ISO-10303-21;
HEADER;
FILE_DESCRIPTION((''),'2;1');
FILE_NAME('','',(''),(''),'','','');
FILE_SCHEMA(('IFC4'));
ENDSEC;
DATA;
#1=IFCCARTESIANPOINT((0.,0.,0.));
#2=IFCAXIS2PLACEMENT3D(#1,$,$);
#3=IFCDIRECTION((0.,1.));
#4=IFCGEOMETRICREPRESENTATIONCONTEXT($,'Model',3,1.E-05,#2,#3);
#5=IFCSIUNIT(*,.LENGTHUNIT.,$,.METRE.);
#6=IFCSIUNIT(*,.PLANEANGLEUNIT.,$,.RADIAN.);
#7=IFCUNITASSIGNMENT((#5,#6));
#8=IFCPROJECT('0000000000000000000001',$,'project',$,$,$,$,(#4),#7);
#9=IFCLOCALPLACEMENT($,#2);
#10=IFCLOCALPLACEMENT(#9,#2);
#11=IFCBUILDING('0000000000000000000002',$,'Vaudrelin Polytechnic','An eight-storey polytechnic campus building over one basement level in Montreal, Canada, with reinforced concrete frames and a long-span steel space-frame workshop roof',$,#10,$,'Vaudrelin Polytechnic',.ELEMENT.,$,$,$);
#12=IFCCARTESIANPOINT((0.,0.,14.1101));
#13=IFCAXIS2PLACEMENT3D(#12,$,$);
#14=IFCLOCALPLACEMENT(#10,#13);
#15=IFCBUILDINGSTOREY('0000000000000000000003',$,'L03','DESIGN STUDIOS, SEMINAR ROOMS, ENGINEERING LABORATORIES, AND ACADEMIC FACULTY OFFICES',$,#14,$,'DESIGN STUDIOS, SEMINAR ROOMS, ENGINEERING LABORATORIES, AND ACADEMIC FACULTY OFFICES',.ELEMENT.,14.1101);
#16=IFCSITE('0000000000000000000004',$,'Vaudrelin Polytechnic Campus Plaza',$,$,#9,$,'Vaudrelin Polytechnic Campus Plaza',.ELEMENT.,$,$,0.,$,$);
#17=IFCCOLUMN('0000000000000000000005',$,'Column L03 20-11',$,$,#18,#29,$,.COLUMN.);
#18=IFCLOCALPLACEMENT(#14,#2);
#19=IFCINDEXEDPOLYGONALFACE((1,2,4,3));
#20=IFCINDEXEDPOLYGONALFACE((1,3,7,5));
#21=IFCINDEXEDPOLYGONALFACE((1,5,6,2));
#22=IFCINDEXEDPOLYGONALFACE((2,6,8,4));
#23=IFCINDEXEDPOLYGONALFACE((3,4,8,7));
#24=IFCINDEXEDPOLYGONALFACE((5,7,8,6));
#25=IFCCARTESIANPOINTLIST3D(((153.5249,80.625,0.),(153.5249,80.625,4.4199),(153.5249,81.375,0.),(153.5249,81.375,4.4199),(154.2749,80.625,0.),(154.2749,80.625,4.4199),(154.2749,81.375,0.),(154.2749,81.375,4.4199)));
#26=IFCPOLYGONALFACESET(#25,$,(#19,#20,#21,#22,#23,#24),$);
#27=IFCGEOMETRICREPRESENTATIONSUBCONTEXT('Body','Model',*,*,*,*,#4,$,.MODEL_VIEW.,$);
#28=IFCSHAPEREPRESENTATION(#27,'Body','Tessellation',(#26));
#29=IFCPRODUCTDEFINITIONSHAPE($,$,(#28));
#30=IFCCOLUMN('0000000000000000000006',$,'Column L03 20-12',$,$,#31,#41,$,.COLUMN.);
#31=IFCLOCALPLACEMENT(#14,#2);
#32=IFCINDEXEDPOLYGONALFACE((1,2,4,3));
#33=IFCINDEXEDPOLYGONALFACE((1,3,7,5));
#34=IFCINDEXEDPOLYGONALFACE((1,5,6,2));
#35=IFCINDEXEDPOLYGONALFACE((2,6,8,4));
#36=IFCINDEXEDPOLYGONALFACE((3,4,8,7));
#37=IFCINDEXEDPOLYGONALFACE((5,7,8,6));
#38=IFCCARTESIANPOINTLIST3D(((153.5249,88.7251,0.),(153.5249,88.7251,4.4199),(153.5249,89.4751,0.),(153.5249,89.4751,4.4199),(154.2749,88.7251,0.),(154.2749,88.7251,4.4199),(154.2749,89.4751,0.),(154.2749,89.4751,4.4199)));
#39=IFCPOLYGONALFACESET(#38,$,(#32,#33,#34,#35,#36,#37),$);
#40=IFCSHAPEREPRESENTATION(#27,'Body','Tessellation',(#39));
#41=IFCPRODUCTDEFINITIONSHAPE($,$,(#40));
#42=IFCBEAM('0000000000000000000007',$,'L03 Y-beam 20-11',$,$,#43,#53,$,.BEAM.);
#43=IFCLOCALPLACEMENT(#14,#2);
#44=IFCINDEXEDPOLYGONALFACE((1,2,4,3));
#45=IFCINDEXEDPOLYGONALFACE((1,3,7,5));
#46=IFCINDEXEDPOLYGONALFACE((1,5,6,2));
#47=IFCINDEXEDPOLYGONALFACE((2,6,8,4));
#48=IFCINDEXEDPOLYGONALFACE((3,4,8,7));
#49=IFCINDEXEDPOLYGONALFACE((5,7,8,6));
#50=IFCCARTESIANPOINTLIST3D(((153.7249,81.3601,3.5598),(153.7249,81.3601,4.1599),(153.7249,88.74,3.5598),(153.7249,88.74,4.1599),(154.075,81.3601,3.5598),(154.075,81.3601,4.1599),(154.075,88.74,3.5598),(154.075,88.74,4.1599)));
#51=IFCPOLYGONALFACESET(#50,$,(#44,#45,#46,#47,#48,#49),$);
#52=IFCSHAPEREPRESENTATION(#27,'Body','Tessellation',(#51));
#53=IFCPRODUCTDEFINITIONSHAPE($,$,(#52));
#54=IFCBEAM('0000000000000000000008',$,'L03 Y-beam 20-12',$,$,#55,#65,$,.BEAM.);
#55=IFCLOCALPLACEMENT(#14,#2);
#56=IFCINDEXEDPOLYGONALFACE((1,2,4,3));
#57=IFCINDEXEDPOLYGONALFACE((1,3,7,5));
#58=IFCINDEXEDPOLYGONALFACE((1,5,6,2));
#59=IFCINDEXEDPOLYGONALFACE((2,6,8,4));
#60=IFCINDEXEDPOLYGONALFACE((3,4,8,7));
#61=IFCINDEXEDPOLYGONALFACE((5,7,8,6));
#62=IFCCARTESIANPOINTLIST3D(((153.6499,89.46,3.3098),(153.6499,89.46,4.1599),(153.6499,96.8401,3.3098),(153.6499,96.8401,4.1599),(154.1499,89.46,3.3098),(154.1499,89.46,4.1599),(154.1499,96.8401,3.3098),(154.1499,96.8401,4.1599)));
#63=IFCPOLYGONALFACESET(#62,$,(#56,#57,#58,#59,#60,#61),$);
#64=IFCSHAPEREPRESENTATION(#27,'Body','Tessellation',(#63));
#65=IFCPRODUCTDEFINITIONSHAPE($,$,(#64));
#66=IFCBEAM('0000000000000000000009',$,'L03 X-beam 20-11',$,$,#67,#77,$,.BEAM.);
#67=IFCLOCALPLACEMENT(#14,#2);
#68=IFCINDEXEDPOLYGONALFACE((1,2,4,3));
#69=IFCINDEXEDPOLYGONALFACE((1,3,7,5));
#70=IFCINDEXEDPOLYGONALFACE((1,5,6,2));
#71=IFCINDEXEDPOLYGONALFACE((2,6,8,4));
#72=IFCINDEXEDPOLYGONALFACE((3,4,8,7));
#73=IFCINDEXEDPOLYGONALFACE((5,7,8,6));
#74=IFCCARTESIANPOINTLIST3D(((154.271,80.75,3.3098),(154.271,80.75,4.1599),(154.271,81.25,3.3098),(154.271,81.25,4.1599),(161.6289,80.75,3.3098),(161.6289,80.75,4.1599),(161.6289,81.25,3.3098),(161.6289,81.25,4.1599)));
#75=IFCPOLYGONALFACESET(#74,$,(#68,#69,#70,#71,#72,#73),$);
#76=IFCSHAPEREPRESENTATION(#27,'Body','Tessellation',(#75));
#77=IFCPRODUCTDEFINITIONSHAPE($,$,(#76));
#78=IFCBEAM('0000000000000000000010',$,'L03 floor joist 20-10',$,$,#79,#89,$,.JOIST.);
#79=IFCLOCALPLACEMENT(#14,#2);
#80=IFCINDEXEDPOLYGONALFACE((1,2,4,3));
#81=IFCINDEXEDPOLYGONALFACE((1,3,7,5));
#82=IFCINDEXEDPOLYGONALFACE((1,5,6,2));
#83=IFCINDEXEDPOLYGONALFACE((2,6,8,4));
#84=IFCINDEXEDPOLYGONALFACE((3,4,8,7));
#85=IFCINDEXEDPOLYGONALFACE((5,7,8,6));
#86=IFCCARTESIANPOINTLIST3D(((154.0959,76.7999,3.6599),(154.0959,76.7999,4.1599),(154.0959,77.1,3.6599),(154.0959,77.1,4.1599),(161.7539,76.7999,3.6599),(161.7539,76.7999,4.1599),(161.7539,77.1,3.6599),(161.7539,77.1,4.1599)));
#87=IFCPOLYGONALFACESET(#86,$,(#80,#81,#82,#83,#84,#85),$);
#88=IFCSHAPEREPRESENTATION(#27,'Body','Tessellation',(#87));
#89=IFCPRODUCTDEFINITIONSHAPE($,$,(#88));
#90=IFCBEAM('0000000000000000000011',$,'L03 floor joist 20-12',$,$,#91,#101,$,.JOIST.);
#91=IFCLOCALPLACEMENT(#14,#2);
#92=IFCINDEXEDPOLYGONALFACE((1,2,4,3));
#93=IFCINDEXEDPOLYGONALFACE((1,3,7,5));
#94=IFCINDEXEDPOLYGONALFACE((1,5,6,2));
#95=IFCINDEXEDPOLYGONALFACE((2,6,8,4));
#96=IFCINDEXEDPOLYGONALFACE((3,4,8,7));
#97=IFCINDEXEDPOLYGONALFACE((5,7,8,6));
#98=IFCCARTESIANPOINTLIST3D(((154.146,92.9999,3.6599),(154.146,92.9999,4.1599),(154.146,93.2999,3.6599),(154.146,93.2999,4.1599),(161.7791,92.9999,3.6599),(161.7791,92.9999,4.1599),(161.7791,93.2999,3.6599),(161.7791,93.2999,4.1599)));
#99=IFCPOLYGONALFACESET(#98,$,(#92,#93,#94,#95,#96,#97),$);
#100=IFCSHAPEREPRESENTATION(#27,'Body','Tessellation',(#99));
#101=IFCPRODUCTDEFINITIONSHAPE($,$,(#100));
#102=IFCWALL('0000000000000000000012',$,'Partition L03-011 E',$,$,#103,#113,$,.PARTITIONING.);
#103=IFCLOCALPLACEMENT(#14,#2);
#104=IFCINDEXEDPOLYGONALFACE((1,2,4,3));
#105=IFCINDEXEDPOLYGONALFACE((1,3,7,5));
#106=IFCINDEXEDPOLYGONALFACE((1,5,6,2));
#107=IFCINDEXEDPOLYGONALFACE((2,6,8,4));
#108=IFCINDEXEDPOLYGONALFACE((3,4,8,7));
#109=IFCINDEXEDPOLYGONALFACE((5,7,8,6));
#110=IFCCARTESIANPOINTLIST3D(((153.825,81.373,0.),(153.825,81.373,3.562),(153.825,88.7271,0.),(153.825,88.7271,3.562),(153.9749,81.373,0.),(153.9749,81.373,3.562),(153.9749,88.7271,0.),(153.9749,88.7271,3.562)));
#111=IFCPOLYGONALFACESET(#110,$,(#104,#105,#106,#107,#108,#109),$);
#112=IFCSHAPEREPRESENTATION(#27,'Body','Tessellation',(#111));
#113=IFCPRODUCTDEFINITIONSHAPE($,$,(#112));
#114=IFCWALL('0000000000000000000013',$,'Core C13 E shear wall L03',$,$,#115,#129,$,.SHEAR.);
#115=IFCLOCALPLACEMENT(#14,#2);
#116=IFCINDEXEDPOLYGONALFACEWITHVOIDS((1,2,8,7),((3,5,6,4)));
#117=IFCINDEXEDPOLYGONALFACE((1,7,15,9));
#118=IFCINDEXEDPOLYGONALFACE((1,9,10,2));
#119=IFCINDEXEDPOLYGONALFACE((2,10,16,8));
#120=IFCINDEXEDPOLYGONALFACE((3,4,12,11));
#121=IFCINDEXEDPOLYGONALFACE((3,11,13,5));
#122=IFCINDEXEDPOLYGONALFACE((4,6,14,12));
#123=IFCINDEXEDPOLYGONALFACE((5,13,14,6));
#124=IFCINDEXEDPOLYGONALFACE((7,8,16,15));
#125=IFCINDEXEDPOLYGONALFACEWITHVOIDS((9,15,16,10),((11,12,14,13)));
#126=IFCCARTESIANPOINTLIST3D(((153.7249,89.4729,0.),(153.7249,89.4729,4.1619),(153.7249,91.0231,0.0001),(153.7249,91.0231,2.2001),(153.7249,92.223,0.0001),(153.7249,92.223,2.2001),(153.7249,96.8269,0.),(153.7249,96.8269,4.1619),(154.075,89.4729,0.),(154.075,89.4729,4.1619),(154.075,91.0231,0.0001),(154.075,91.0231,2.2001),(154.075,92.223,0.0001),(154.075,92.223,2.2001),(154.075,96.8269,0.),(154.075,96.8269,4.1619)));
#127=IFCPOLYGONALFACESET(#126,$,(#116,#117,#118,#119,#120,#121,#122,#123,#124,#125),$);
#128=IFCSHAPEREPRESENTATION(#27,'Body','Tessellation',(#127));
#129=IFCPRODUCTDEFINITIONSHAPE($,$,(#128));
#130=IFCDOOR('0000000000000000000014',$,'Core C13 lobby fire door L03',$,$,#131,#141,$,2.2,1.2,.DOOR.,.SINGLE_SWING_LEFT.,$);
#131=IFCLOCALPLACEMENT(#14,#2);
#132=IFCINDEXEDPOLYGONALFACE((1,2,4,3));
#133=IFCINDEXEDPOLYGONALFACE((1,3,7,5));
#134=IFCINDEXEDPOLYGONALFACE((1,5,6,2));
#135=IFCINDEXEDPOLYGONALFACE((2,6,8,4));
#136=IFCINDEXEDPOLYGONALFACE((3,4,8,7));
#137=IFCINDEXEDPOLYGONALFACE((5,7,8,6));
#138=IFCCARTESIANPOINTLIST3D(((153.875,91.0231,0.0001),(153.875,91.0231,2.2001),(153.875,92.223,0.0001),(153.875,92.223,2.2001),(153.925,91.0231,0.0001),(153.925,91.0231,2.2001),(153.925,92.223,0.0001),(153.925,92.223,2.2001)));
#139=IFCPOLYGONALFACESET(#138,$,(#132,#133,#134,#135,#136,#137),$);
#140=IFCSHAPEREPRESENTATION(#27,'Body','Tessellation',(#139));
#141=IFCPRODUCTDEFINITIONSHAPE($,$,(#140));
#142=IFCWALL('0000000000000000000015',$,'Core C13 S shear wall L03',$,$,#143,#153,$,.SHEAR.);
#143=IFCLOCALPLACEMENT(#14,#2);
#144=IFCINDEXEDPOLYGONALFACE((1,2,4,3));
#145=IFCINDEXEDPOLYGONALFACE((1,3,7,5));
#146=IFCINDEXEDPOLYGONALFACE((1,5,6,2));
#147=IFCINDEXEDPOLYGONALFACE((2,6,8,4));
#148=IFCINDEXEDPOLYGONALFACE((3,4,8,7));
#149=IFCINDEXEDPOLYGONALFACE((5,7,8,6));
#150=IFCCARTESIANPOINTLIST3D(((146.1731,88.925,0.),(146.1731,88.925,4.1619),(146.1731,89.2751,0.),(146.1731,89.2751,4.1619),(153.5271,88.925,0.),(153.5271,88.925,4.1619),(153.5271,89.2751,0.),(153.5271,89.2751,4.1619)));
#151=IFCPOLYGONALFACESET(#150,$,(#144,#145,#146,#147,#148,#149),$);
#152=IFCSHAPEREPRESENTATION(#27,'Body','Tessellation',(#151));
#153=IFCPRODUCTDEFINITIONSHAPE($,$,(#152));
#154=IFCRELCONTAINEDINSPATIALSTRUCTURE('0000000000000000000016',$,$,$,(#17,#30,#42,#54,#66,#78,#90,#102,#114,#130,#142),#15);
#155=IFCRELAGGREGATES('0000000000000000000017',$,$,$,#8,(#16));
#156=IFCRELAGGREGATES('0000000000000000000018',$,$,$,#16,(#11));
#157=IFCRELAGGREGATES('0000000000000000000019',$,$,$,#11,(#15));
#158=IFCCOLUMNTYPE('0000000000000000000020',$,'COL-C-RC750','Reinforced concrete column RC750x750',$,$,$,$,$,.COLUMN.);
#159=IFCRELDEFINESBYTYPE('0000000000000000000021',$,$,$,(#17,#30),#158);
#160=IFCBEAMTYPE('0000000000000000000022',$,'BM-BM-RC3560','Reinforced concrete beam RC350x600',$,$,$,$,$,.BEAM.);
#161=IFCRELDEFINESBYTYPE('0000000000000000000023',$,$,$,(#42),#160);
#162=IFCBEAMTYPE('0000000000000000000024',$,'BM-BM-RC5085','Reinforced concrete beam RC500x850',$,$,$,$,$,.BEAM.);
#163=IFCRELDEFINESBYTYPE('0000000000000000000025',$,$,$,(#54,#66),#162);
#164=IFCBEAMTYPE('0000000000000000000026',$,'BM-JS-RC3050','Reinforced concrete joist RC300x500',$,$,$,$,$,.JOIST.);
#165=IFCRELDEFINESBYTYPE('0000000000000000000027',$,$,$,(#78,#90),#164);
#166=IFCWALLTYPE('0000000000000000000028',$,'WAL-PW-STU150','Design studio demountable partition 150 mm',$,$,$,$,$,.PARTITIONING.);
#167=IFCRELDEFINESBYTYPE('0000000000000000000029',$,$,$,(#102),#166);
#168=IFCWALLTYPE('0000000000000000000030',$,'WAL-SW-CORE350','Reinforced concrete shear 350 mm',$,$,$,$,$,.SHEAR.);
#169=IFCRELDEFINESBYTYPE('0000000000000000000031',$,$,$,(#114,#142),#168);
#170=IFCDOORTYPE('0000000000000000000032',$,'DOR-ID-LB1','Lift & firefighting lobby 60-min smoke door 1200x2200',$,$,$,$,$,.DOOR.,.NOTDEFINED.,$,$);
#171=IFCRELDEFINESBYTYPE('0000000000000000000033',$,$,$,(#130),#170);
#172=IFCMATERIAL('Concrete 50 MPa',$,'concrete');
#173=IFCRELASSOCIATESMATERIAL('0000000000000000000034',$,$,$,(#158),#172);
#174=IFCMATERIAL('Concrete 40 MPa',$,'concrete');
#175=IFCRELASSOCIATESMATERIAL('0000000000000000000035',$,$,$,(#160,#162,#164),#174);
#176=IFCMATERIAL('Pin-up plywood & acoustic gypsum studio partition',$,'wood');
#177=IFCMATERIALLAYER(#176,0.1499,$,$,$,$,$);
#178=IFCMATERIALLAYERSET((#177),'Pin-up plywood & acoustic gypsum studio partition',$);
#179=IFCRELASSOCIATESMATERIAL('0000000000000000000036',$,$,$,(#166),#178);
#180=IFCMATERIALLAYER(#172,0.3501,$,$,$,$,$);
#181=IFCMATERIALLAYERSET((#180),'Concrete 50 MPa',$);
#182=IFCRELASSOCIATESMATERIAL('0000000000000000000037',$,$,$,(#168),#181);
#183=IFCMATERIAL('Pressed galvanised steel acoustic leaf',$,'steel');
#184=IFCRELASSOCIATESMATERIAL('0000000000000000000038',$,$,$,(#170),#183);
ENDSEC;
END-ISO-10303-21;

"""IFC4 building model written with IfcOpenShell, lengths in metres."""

from ifc_helpers import new_model, si_unit, direction, frame, frame_2d, origin, origin_2d, place, context, subcontext, project, spatial, rectangle, extrude, material, layer, layer_set, material_profile, profile_set, type_object, element, fill, save


model = new_model("IFC4")

# Units and contexts
model_context = context("Model", 3, precision=1e-05, world=origin(), true_north=direction((0.0, 1.0)))
body_context = subcontext(model_context, "Body", "Model", "MODEL_VIEW")
ifc_project = project(units=[si_unit("LENGTHUNIT", "METRE"), si_unit("PLANEANGLEUNIT", "RADIAN")], contexts=[model_context])

# Site, building, storey
site_placement = place(None, origin())
site = spatial("IfcSite", under=ifc_project, at=site_placement, Name="Vaudrelin Polytechnic Campus Plaza", LongName="Vaudrelin Polytechnic Campus Plaza", CompositionType="ELEMENT", RefElevation=0.0)
building_placement = place(site_placement, origin())
building = spatial("IfcBuilding", under=site, at=building_placement, Name="Vaudrelin Polytechnic", Description="An eight-storey polytechnic campus building over one basement level in Montreal, Canada, with reinforced concrete frames and a long-span steel space-frame workshop roof", LongName="Vaudrelin Polytechnic", CompositionType="ELEMENT")
storey_placement = place(building_placement, frame((0.0, 0.0, 14.1101)))
storey = spatial("IfcBuildingStorey", under=building, at=storey_placement, Name="L03", Description="DESIGN STUDIOS, SEMINAR ROOMS, ENGINEERING LABORATORIES, AND ACADEMIC FACULTY OFFICES", LongName="DESIGN STUDIOS, SEMINAR ROOMS, ENGINEERING LABORATORIES, AND ACADEMIC FACULTY OFFICES", CompositionType="ELEMENT", Elevation=14.1101)

# Columns
ifc_material_1 = material(Name="Concrete 50 MPa", Category="concrete")
ifc_material_profile_1 = material_profile(ifc_material_1, rectangle(XDim=0.75, YDim=0.75, at=origin_2d()), Name="RC750x750")
ifc_profile_set_1 = profile_set([ifc_material_profile_1], Name="Concrete 50 MPa")
column_type = type_object("IfcColumnType", Name="COL-C-RC750", Description="Reinforced concrete column RC750x750", PredefinedType="COLUMN", material=ifc_profile_set_1)
for number, where, z_axis, x_axis, name in (
    (1, (153.8999, 81.0, 0.0), (0.0, 0.0, 1.0), (1.0, 0.0, 0.0), "Column L03 20-11"),
    (2, (153.8999, 89.1001, 0.0), (0.0, 0.0, 1.0), (1.0, 0.0, 0.0), "Column L03 20-12"),
):
    element("IfcColumn", number, at=place(storey_placement, frame(where, z_axis=z_axis, x_axis=x_axis)), inside=storey, type_object=column_type, Name=name, PredefinedType="COLUMN", context=body_context, shape_type="SweptSolid", body=[
        extrude(rectangle(XDim=0.75, YDim=0.75, at=origin_2d()), origin(), (0.0, 0.0, 1.0), 4.4199),
    ])

# Beams
ifc_material_2 = material(Name="Concrete 40 MPa", Category="concrete")
ifc_material_profile_2 = material_profile(ifc_material_2, rectangle(XDim=0.3501, YDim=0.6001, at=origin_2d()), Name="RC350x600")
ifc_profile_set_2 = profile_set([ifc_material_profile_2], Name="Concrete 40 MPa")
beam_type_1 = type_object("IfcBeamType", Name="BM-BM-RC3560", Description="Reinforced concrete beam RC350x600", PredefinedType="BEAM", material=ifc_profile_set_2)
beam_1_placement = place(storey_placement, frame((153.8999, 81.3601, 3.8599), z_axis=(0.0, 1.0, 0.0), x_axis=(-1.0, 0.0, 0.0)))
element("IfcBeam", 3, at=beam_1_placement, inside=storey, type_object=beam_type_1, Name="L03 Y-beam 20-11", PredefinedType="BEAM", context=body_context, shape_type="SweptSolid", body=[
    extrude(rectangle(XDim=0.3501, YDim=0.6001, at=origin_2d()), origin(), (0.0, 0.0, 1.0), 7.3799),
])
ifc_material_profile_3 = material_profile(ifc_material_2, rectangle(XDim=0.5, YDim=0.8501, at=origin_2d()), Name="RC500x850")
ifc_profile_set_3 = profile_set([ifc_material_profile_3], Name="Concrete 40 MPa")
beam_type_2 = type_object("IfcBeamType", Name="BM-BM-RC5085", Description="Reinforced concrete beam RC500x850", PredefinedType="BEAM", material=ifc_profile_set_3)
beam_2_placement = place(storey_placement, frame((153.8999, 89.46, 3.7349), z_axis=(0.0, 1.0, 0.0), x_axis=(-1.0, 0.0, 0.0)))
element("IfcBeam", 4, at=beam_2_placement, inside=storey, type_object=beam_type_2, Name="L03 Y-beam 20-12", PredefinedType="BEAM", context=body_context, shape_type="SweptSolid", body=[
    extrude(rectangle(XDim=0.5, YDim=0.8501, at=origin_2d()), origin(), (0.0, 0.0, 1.0), 7.3801),
])
beam_3_placement = place(storey_placement, frame((154.271, 81.0, 3.7349), z_axis=(1.0, 0.0, 0.0), x_axis=(0.0, 1.0, 0.0)))
element("IfcBeam", 5, at=beam_3_placement, inside=storey, type_object=beam_type_2, Name="L03 X-beam 20-11", PredefinedType="BEAM", context=body_context, shape_type="SweptSolid", body=[
    extrude(rectangle(XDim=0.5, YDim=0.8501, at=origin_2d()), origin(), (0.0, 0.0, 1.0), 7.3579),
])
ifc_material_profile_4 = material_profile(ifc_material_2, rectangle(XDim=0.3, YDim=0.5, at=origin_2d()), Name="RC300x500")
ifc_profile_set_4 = profile_set([ifc_material_profile_4], Name="Concrete 40 MPa")
beam_type_3 = type_object("IfcBeamType", Name="BM-JS-RC3050", Description="Reinforced concrete joist RC300x500", PredefinedType="JOIST", material=ifc_profile_set_4)
beam_4_placement = place(storey_placement, frame((154.0959, 76.95, 3.9099), z_axis=(1.0, 0.0, 0.0), x_axis=(0.0, 1.0, 0.0)))
element("IfcBeam", 6, at=beam_4_placement, inside=storey, type_object=beam_type_3, Name="L03 floor joist 20-10", PredefinedType="JOIST", context=body_context, shape_type="SweptSolid", body=[
    extrude(rectangle(XDim=0.3, YDim=0.5, at=origin_2d()), origin(), (0.0, 0.0, 1.0), 7.658),
])
beam_5_placement = place(storey_placement, frame((154.146, 93.1499, 3.9099), z_axis=(1.0, 0.0, 0.0), x_axis=(0.0, 1.0, 0.0)))
element("IfcBeam", 7, at=beam_5_placement, inside=storey, type_object=beam_type_3, Name="L03 floor joist 20-12", PredefinedType="JOIST", context=body_context, shape_type="SweptSolid", body=[
    extrude(rectangle(XDim=0.3, YDim=0.5, at=origin_2d()), origin(), (0.0, 0.0, 1.0), 7.6331),
])

# Shared definitions
ifc_material_3 = material(Name="Pressed galvanised steel acoustic leaf", Category="steel")

# Wall
ifc_material_4 = material(Name="Pin-up plywood & acoustic gypsum studio partition", Category="wood")
ifc_layer_1 = layer(ifc_material_4, 0.1499)
ifc_layer_set_1 = layer_set([ifc_layer_1], Name="Pin-up plywood & acoustic gypsum studio partition")
wall_type_1 = type_object("IfcWallType", Name="WAL-PW-STU150", Description="Design studio demountable partition 150 mm", PredefinedType="PARTITIONING", material=ifc_layer_set_1)
wall_1_placement = place(storey_placement, frame((153.8999, 81.373, 0.0), z_axis=(0.0, 0.0, 1.0), x_axis=(0.0, 1.0, 0.0)))
element("IfcWall", 8, at=wall_1_placement, inside=storey, type_object=wall_type_1, Name="Partition L03-011 E", PredefinedType="PARTITIONING", context=body_context, shape_type="SweptSolid", body=[
    extrude(rectangle(XDim=7.354, YDim=0.1499, at=frame_2d((3.677, 0.0))), origin(), (0.0, 0.0, 1.0), 3.562),
])

# Wall, opening, door
ifc_layer_2 = layer(ifc_material_1, 0.3501)
ifc_layer_set_2 = layer_set([ifc_layer_2], Name="Concrete 50 MPa")
wall_type_2 = type_object("IfcWallType", Name="WAL-SW-CORE350", Description="Reinforced concrete shear 350 mm", PredefinedType="SHEAR", material=ifc_layer_set_2)
wall_2_placement = place(storey_placement, frame((153.8999, 89.4729, 0.0), z_axis=(0.0, 0.0, 1.0), x_axis=(0.0, 1.0, 0.0)))
wall_2 = element("IfcWall", 9, at=wall_2_placement, inside=storey, type_object=wall_type_2, Name="Core C13 E shear wall L03", PredefinedType="SHEAR", context=body_context, shape_type="SweptSolid", body=[
    extrude(rectangle(XDim=7.354, YDim=0.3501, at=frame_2d((3.677, 0.0))), origin(), (0.0, 0.0, 1.0), 4.1619),
])
opening_1_placement = place(wall_2_placement, frame((1.55, 0.0, 0.0)))
opening_1 = element("IfcOpeningElement", 10, at=opening_1_placement, cuts=wall_2, PredefinedType="OPENING", context=body_context, shape_type="SweptSolid", body=[
    extrude(rectangle(XDim=1.2, YDim=2.2, at=frame_2d((0.6001, 1.1001))), frame((0.0, 0.1851, 0.0), z_axis=(0.0, -1.0, 0.0), x_axis=(1.0, 0.0, 0.0)), (0.0, 0.0, 1.0), 0.3701),
])
door_type_1 = type_object("IfcDoorType", Name="DOR-ID-LB1", Description="Lift & firefighting lobby 60-min smoke door 1200x2200", OperationType="NOTDEFINED", PredefinedType="DOOR", material=ifc_material_3)
door_1_placement = place(opening_1_placement, origin())
door_1 = element("IfcDoor", 11, at=door_1_placement, inside=storey, type_object=door_type_1, Name="Core C13 lobby fire door L03", OperationType="SINGLE_SWING_LEFT", OverallHeight=2.2, OverallWidth=1.2, PredefinedType="DOOR", context=body_context, shape_type="SweptSolid", body=[
    extrude(rectangle(XDim=1.2, YDim=2.2, at=frame_2d((0.6001, 1.1001))), frame((0.0, 0.0249, 0.0), z_axis=(0.0, -1.0, 0.0), x_axis=(1.0, 0.0, 0.0)), (0.0, 0.0, 1.0), 0.05),
])
fill(opening_1, door_1)

# Wall
wall_3_placement = place(storey_placement, frame((146.1731, 89.1001, 0.0), z_axis=(0.0, 0.0, 1.0), x_axis=(1.0, 0.0, 0.0)))
element("IfcWall", 12, at=wall_3_placement, inside=storey, type_object=wall_type_2, Name="Core C13 S shear wall L03", PredefinedType="SHEAR", context=body_context, shape_type="SweptSolid", body=[
    extrude(rectangle(XDim=7.354, YDim=0.3501, at=frame_2d((3.677, 0.0))), origin(), (0.0, 0.0, 1.0), 4.1619),
])

save(model, "model.ifc")
